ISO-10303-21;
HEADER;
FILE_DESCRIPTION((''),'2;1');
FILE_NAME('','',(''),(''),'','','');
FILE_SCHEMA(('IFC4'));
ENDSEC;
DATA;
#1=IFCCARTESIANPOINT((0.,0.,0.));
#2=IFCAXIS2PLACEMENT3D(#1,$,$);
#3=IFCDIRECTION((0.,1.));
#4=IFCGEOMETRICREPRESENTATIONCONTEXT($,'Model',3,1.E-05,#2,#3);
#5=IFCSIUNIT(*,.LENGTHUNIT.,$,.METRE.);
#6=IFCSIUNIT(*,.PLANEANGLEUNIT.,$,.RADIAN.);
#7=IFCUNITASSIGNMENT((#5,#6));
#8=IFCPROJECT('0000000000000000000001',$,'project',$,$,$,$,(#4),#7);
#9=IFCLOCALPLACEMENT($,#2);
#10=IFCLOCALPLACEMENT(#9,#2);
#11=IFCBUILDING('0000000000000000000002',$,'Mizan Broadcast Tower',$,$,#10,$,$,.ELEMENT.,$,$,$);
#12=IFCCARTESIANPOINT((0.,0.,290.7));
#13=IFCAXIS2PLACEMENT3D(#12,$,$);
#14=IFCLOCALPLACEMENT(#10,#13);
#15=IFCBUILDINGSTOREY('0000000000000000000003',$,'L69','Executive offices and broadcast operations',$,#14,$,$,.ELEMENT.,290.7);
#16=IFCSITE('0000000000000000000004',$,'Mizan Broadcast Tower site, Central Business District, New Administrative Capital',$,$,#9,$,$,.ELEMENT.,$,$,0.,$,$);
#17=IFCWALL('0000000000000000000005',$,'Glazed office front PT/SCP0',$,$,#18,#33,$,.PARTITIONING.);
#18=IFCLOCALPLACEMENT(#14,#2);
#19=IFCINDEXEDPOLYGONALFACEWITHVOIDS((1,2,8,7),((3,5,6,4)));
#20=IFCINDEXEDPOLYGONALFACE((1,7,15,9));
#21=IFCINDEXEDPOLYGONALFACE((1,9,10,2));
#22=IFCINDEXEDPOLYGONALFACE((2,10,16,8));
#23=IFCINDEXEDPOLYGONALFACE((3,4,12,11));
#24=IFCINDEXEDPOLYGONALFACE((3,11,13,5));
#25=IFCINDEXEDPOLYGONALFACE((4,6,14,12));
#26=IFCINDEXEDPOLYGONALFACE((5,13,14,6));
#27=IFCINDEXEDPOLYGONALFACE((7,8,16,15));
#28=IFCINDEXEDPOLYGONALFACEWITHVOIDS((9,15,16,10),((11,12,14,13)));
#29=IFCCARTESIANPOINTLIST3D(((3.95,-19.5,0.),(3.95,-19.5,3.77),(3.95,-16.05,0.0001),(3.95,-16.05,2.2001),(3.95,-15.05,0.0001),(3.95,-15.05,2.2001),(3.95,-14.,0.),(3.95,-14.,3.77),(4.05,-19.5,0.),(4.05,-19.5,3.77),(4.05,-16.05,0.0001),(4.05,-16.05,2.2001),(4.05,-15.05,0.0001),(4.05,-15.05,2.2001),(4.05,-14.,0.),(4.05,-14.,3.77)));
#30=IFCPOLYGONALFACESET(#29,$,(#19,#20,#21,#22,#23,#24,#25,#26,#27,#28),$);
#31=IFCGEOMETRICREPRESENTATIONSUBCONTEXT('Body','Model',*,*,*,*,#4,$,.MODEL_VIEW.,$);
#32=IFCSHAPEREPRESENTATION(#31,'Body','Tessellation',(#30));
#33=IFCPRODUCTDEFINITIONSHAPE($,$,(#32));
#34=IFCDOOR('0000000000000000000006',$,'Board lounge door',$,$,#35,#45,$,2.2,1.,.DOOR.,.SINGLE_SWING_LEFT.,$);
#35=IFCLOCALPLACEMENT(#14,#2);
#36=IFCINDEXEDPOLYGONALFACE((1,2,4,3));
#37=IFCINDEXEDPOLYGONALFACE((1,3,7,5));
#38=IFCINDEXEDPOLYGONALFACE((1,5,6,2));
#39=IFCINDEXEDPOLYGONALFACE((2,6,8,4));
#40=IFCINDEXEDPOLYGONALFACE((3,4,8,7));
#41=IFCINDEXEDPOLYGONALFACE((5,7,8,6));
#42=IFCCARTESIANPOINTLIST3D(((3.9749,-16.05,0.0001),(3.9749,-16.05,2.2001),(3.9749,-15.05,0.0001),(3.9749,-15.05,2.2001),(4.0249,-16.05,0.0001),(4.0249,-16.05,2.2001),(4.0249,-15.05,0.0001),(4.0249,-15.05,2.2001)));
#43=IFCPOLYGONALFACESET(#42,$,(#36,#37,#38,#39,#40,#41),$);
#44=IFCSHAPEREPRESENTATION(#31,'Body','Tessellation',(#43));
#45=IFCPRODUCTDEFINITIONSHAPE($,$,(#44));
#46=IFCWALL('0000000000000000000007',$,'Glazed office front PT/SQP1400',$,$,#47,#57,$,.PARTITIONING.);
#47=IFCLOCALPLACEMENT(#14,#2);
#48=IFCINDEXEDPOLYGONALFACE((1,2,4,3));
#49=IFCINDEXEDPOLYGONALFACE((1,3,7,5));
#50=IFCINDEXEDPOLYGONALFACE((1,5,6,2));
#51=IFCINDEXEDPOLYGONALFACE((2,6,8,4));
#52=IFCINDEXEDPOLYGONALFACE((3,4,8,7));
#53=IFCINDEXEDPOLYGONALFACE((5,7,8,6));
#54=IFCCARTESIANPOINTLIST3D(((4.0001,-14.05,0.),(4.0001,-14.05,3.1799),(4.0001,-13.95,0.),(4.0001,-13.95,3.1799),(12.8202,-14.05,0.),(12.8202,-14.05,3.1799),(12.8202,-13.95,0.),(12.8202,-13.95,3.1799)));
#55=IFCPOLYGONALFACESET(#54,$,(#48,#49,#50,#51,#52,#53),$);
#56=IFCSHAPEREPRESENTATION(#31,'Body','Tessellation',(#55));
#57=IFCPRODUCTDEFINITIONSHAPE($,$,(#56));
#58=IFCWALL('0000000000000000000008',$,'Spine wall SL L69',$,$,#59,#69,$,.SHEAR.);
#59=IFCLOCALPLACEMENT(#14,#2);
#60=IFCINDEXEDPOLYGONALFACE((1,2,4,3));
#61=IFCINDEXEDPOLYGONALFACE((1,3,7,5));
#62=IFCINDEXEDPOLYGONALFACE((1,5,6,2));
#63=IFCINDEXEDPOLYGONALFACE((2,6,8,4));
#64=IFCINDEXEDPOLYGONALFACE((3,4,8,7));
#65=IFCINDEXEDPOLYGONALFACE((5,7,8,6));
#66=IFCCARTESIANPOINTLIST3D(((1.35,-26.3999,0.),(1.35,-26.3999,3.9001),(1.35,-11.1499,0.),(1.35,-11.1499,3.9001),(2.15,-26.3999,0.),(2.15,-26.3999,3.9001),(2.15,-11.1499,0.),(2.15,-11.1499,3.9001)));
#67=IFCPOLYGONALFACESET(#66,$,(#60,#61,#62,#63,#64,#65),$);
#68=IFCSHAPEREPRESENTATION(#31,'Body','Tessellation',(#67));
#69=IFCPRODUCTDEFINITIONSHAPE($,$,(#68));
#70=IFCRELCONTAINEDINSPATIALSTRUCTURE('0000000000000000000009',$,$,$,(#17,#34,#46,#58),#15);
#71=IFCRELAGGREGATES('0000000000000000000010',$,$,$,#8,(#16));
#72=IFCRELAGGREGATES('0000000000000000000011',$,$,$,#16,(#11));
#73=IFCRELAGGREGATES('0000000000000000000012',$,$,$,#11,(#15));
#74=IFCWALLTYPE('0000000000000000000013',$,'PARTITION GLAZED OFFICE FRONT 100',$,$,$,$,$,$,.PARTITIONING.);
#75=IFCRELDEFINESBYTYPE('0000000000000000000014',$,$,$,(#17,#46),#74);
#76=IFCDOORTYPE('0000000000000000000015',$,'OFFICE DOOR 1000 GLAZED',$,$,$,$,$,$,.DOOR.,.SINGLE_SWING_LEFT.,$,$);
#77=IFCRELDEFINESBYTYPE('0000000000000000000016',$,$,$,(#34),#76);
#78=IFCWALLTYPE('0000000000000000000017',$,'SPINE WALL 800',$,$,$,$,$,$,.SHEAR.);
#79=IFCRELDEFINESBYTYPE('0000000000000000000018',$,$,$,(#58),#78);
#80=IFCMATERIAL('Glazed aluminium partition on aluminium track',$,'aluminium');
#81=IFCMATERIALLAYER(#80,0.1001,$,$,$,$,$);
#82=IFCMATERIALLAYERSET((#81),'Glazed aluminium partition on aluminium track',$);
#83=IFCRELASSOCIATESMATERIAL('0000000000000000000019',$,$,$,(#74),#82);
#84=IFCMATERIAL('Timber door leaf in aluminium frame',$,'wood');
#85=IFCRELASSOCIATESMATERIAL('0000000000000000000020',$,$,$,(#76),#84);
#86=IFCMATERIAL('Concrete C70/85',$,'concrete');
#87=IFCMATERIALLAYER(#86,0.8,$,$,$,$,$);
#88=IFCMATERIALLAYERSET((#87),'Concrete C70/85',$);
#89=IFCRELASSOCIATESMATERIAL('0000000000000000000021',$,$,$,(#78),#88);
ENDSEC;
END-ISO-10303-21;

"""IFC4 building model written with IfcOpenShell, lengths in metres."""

from ifc_helpers import new_model, si_unit, direction, frame, frame_2d, origin, place, context, subcontext, project, spatial, rectangle, extrude, material, layer, layer_set, type_object, element, fill, save


model = new_model("IFC4")

# Units and contexts
model_context = context("Model", 3, precision=1e-05, world=origin(), true_north=direction((0.0, 1.0)))
body_context = subcontext(model_context, "Body", "Model", "MODEL_VIEW")
ifc_project = project(units=[si_unit("LENGTHUNIT", "METRE"), si_unit("PLANEANGLEUNIT", "RADIAN")], contexts=[model_context])

# Site, building, storey
site_placement = place(None, origin())
site = spatial("IfcSite", under=ifc_project, at=site_placement, Name="Mizan Broadcast Tower site, Central Business District, New Administrative Capital", CompositionType="ELEMENT", RefElevation=0.0)
building_placement = place(site_placement, origin())
building = spatial("IfcBuilding", under=site, at=building_placement, Name="Mizan Broadcast Tower", CompositionType="ELEMENT")
storey_placement = place(building_placement, frame((0.0, 0.0, 290.7)))
storey = spatial("IfcBuildingStorey", under=building, at=storey_placement, Name="L69", Description="Executive offices and broadcast operations", CompositionType="ELEMENT", Elevation=290.7)

# Wall, opening, door
ifc_material_1 = material(Name="Glazed aluminium partition on aluminium track", Category="aluminium")
ifc_layer_1 = layer(ifc_material_1, 0.1001)
ifc_layer_set_1 = layer_set([ifc_layer_1], Name="Glazed aluminium partition on aluminium track")
wall_type_1 = type_object("IfcWallType", Name="PARTITION GLAZED OFFICE FRONT 100", PredefinedType="PARTITIONING", material=ifc_layer_set_1)
wall_1_placement = place(storey_placement, frame((4.0, -14.0, 0.0), z_axis=(0.0, 0.0, 1.0), x_axis=(0.0, -1.0, 0.0)))
wall_1 = element("IfcWall", 1, at=wall_1_placement, inside=storey, type_object=wall_type_1, Name="Glazed office front PT/SCP0", PredefinedType="PARTITIONING", context=body_context, shape_type="SweptSolid", body=[
    extrude(rectangle(XDim=5.5, YDim=0.1001, at=frame_2d((2.75, 0.0))), origin(), (0.0, 0.0, 1.0), 3.77),
])
opening_1_placement = place(wall_1_placement, frame((1.05, 0.0, 0.0)))
opening_1 = element("IfcOpeningElement", 2, at=opening_1_placement, cuts=wall_1, PredefinedType="OPENING", context=body_context, shape_type="SweptSolid", body=[
    extrude(rectangle(XDim=1.0, YDim=2.2, at=frame_2d((0.5, 1.1001))), frame((0.0, 0.0601, 0.0), z_axis=(0.0, -1.0, 0.0), x_axis=(1.0, 0.0, 0.0)), (0.0, 0.0, 1.0), 0.1201),
])
ifc_material_2 = material(Name="Timber door leaf in aluminium frame", Category="wood")
door_type_1 = type_object("IfcDoorType", Name="OFFICE DOOR 1000 GLAZED", OperationType="SINGLE_SWING_LEFT", PredefinedType="DOOR", material=ifc_material_2)
door_1_placement = place(opening_1_placement, origin())
door_1 = element("IfcDoor", 3, at=door_1_placement, inside=storey, type_object=door_type_1, Name="Board lounge door", OperationType="SINGLE_SWING_LEFT", OverallHeight=2.2, OverallWidth=1.0, PredefinedType="DOOR", context=body_context, shape_type="SweptSolid", body=[
    extrude(rectangle(XDim=1.0, YDim=2.2, at=frame_2d((0.5, 1.1001))), frame((0.0, 0.0249, 0.0), z_axis=(0.0, -1.0, 0.0), x_axis=(1.0, 0.0, 0.0)), (0.0, 0.0, 1.0), 0.05),
])
fill(opening_1, door_1)

# Walls
wall_2_placement = place(storey_placement, frame((4.0, -14.0, 0.0), z_axis=(0.0, 0.0, 1.0), x_axis=(1.0, 0.0, 0.0)))
element("IfcWall", 4, at=wall_2_placement, inside=storey, type_object=wall_type_1, Name="Glazed office front PT/SQP1400", PredefinedType="PARTITIONING", context=body_context, shape_type="SweptSolid", body=[
    extrude(rectangle(XDim=8.8201, YDim=0.1001, at=frame_2d((4.4102, 0.0))), origin(), (0.0, 0.0, 1.0), 3.1799),
])
ifc_material_3 = material(Name="Concrete C70/85", Category="concrete")
ifc_layer_2 = layer(ifc_material_3, 0.8)
ifc_layer_set_2 = layer_set([ifc_layer_2], Name="Concrete C70/85")
wall_type_2 = type_object("IfcWallType", Name="SPINE WALL 800", PredefinedType="SHEAR", material=ifc_layer_set_2)
wall_3_placement = place(storey_placement, frame((1.75, -11.1499, 0.0), z_axis=(0.0, 0.0, 1.0), x_axis=(0.0, -1.0, 0.0)))
element("IfcWall", 5, at=wall_3_placement, inside=storey, type_object=wall_type_2, Name="Spine wall SL L69", PredefinedType="SHEAR", context=body_context, shape_type="SweptSolid", body=[
    extrude(rectangle(XDim=15.25, YDim=0.8, at=frame_2d((7.625, 0.0))), origin(), (0.0, 0.0, 1.0), 3.9001),
])

save(model, "model.ifc")
